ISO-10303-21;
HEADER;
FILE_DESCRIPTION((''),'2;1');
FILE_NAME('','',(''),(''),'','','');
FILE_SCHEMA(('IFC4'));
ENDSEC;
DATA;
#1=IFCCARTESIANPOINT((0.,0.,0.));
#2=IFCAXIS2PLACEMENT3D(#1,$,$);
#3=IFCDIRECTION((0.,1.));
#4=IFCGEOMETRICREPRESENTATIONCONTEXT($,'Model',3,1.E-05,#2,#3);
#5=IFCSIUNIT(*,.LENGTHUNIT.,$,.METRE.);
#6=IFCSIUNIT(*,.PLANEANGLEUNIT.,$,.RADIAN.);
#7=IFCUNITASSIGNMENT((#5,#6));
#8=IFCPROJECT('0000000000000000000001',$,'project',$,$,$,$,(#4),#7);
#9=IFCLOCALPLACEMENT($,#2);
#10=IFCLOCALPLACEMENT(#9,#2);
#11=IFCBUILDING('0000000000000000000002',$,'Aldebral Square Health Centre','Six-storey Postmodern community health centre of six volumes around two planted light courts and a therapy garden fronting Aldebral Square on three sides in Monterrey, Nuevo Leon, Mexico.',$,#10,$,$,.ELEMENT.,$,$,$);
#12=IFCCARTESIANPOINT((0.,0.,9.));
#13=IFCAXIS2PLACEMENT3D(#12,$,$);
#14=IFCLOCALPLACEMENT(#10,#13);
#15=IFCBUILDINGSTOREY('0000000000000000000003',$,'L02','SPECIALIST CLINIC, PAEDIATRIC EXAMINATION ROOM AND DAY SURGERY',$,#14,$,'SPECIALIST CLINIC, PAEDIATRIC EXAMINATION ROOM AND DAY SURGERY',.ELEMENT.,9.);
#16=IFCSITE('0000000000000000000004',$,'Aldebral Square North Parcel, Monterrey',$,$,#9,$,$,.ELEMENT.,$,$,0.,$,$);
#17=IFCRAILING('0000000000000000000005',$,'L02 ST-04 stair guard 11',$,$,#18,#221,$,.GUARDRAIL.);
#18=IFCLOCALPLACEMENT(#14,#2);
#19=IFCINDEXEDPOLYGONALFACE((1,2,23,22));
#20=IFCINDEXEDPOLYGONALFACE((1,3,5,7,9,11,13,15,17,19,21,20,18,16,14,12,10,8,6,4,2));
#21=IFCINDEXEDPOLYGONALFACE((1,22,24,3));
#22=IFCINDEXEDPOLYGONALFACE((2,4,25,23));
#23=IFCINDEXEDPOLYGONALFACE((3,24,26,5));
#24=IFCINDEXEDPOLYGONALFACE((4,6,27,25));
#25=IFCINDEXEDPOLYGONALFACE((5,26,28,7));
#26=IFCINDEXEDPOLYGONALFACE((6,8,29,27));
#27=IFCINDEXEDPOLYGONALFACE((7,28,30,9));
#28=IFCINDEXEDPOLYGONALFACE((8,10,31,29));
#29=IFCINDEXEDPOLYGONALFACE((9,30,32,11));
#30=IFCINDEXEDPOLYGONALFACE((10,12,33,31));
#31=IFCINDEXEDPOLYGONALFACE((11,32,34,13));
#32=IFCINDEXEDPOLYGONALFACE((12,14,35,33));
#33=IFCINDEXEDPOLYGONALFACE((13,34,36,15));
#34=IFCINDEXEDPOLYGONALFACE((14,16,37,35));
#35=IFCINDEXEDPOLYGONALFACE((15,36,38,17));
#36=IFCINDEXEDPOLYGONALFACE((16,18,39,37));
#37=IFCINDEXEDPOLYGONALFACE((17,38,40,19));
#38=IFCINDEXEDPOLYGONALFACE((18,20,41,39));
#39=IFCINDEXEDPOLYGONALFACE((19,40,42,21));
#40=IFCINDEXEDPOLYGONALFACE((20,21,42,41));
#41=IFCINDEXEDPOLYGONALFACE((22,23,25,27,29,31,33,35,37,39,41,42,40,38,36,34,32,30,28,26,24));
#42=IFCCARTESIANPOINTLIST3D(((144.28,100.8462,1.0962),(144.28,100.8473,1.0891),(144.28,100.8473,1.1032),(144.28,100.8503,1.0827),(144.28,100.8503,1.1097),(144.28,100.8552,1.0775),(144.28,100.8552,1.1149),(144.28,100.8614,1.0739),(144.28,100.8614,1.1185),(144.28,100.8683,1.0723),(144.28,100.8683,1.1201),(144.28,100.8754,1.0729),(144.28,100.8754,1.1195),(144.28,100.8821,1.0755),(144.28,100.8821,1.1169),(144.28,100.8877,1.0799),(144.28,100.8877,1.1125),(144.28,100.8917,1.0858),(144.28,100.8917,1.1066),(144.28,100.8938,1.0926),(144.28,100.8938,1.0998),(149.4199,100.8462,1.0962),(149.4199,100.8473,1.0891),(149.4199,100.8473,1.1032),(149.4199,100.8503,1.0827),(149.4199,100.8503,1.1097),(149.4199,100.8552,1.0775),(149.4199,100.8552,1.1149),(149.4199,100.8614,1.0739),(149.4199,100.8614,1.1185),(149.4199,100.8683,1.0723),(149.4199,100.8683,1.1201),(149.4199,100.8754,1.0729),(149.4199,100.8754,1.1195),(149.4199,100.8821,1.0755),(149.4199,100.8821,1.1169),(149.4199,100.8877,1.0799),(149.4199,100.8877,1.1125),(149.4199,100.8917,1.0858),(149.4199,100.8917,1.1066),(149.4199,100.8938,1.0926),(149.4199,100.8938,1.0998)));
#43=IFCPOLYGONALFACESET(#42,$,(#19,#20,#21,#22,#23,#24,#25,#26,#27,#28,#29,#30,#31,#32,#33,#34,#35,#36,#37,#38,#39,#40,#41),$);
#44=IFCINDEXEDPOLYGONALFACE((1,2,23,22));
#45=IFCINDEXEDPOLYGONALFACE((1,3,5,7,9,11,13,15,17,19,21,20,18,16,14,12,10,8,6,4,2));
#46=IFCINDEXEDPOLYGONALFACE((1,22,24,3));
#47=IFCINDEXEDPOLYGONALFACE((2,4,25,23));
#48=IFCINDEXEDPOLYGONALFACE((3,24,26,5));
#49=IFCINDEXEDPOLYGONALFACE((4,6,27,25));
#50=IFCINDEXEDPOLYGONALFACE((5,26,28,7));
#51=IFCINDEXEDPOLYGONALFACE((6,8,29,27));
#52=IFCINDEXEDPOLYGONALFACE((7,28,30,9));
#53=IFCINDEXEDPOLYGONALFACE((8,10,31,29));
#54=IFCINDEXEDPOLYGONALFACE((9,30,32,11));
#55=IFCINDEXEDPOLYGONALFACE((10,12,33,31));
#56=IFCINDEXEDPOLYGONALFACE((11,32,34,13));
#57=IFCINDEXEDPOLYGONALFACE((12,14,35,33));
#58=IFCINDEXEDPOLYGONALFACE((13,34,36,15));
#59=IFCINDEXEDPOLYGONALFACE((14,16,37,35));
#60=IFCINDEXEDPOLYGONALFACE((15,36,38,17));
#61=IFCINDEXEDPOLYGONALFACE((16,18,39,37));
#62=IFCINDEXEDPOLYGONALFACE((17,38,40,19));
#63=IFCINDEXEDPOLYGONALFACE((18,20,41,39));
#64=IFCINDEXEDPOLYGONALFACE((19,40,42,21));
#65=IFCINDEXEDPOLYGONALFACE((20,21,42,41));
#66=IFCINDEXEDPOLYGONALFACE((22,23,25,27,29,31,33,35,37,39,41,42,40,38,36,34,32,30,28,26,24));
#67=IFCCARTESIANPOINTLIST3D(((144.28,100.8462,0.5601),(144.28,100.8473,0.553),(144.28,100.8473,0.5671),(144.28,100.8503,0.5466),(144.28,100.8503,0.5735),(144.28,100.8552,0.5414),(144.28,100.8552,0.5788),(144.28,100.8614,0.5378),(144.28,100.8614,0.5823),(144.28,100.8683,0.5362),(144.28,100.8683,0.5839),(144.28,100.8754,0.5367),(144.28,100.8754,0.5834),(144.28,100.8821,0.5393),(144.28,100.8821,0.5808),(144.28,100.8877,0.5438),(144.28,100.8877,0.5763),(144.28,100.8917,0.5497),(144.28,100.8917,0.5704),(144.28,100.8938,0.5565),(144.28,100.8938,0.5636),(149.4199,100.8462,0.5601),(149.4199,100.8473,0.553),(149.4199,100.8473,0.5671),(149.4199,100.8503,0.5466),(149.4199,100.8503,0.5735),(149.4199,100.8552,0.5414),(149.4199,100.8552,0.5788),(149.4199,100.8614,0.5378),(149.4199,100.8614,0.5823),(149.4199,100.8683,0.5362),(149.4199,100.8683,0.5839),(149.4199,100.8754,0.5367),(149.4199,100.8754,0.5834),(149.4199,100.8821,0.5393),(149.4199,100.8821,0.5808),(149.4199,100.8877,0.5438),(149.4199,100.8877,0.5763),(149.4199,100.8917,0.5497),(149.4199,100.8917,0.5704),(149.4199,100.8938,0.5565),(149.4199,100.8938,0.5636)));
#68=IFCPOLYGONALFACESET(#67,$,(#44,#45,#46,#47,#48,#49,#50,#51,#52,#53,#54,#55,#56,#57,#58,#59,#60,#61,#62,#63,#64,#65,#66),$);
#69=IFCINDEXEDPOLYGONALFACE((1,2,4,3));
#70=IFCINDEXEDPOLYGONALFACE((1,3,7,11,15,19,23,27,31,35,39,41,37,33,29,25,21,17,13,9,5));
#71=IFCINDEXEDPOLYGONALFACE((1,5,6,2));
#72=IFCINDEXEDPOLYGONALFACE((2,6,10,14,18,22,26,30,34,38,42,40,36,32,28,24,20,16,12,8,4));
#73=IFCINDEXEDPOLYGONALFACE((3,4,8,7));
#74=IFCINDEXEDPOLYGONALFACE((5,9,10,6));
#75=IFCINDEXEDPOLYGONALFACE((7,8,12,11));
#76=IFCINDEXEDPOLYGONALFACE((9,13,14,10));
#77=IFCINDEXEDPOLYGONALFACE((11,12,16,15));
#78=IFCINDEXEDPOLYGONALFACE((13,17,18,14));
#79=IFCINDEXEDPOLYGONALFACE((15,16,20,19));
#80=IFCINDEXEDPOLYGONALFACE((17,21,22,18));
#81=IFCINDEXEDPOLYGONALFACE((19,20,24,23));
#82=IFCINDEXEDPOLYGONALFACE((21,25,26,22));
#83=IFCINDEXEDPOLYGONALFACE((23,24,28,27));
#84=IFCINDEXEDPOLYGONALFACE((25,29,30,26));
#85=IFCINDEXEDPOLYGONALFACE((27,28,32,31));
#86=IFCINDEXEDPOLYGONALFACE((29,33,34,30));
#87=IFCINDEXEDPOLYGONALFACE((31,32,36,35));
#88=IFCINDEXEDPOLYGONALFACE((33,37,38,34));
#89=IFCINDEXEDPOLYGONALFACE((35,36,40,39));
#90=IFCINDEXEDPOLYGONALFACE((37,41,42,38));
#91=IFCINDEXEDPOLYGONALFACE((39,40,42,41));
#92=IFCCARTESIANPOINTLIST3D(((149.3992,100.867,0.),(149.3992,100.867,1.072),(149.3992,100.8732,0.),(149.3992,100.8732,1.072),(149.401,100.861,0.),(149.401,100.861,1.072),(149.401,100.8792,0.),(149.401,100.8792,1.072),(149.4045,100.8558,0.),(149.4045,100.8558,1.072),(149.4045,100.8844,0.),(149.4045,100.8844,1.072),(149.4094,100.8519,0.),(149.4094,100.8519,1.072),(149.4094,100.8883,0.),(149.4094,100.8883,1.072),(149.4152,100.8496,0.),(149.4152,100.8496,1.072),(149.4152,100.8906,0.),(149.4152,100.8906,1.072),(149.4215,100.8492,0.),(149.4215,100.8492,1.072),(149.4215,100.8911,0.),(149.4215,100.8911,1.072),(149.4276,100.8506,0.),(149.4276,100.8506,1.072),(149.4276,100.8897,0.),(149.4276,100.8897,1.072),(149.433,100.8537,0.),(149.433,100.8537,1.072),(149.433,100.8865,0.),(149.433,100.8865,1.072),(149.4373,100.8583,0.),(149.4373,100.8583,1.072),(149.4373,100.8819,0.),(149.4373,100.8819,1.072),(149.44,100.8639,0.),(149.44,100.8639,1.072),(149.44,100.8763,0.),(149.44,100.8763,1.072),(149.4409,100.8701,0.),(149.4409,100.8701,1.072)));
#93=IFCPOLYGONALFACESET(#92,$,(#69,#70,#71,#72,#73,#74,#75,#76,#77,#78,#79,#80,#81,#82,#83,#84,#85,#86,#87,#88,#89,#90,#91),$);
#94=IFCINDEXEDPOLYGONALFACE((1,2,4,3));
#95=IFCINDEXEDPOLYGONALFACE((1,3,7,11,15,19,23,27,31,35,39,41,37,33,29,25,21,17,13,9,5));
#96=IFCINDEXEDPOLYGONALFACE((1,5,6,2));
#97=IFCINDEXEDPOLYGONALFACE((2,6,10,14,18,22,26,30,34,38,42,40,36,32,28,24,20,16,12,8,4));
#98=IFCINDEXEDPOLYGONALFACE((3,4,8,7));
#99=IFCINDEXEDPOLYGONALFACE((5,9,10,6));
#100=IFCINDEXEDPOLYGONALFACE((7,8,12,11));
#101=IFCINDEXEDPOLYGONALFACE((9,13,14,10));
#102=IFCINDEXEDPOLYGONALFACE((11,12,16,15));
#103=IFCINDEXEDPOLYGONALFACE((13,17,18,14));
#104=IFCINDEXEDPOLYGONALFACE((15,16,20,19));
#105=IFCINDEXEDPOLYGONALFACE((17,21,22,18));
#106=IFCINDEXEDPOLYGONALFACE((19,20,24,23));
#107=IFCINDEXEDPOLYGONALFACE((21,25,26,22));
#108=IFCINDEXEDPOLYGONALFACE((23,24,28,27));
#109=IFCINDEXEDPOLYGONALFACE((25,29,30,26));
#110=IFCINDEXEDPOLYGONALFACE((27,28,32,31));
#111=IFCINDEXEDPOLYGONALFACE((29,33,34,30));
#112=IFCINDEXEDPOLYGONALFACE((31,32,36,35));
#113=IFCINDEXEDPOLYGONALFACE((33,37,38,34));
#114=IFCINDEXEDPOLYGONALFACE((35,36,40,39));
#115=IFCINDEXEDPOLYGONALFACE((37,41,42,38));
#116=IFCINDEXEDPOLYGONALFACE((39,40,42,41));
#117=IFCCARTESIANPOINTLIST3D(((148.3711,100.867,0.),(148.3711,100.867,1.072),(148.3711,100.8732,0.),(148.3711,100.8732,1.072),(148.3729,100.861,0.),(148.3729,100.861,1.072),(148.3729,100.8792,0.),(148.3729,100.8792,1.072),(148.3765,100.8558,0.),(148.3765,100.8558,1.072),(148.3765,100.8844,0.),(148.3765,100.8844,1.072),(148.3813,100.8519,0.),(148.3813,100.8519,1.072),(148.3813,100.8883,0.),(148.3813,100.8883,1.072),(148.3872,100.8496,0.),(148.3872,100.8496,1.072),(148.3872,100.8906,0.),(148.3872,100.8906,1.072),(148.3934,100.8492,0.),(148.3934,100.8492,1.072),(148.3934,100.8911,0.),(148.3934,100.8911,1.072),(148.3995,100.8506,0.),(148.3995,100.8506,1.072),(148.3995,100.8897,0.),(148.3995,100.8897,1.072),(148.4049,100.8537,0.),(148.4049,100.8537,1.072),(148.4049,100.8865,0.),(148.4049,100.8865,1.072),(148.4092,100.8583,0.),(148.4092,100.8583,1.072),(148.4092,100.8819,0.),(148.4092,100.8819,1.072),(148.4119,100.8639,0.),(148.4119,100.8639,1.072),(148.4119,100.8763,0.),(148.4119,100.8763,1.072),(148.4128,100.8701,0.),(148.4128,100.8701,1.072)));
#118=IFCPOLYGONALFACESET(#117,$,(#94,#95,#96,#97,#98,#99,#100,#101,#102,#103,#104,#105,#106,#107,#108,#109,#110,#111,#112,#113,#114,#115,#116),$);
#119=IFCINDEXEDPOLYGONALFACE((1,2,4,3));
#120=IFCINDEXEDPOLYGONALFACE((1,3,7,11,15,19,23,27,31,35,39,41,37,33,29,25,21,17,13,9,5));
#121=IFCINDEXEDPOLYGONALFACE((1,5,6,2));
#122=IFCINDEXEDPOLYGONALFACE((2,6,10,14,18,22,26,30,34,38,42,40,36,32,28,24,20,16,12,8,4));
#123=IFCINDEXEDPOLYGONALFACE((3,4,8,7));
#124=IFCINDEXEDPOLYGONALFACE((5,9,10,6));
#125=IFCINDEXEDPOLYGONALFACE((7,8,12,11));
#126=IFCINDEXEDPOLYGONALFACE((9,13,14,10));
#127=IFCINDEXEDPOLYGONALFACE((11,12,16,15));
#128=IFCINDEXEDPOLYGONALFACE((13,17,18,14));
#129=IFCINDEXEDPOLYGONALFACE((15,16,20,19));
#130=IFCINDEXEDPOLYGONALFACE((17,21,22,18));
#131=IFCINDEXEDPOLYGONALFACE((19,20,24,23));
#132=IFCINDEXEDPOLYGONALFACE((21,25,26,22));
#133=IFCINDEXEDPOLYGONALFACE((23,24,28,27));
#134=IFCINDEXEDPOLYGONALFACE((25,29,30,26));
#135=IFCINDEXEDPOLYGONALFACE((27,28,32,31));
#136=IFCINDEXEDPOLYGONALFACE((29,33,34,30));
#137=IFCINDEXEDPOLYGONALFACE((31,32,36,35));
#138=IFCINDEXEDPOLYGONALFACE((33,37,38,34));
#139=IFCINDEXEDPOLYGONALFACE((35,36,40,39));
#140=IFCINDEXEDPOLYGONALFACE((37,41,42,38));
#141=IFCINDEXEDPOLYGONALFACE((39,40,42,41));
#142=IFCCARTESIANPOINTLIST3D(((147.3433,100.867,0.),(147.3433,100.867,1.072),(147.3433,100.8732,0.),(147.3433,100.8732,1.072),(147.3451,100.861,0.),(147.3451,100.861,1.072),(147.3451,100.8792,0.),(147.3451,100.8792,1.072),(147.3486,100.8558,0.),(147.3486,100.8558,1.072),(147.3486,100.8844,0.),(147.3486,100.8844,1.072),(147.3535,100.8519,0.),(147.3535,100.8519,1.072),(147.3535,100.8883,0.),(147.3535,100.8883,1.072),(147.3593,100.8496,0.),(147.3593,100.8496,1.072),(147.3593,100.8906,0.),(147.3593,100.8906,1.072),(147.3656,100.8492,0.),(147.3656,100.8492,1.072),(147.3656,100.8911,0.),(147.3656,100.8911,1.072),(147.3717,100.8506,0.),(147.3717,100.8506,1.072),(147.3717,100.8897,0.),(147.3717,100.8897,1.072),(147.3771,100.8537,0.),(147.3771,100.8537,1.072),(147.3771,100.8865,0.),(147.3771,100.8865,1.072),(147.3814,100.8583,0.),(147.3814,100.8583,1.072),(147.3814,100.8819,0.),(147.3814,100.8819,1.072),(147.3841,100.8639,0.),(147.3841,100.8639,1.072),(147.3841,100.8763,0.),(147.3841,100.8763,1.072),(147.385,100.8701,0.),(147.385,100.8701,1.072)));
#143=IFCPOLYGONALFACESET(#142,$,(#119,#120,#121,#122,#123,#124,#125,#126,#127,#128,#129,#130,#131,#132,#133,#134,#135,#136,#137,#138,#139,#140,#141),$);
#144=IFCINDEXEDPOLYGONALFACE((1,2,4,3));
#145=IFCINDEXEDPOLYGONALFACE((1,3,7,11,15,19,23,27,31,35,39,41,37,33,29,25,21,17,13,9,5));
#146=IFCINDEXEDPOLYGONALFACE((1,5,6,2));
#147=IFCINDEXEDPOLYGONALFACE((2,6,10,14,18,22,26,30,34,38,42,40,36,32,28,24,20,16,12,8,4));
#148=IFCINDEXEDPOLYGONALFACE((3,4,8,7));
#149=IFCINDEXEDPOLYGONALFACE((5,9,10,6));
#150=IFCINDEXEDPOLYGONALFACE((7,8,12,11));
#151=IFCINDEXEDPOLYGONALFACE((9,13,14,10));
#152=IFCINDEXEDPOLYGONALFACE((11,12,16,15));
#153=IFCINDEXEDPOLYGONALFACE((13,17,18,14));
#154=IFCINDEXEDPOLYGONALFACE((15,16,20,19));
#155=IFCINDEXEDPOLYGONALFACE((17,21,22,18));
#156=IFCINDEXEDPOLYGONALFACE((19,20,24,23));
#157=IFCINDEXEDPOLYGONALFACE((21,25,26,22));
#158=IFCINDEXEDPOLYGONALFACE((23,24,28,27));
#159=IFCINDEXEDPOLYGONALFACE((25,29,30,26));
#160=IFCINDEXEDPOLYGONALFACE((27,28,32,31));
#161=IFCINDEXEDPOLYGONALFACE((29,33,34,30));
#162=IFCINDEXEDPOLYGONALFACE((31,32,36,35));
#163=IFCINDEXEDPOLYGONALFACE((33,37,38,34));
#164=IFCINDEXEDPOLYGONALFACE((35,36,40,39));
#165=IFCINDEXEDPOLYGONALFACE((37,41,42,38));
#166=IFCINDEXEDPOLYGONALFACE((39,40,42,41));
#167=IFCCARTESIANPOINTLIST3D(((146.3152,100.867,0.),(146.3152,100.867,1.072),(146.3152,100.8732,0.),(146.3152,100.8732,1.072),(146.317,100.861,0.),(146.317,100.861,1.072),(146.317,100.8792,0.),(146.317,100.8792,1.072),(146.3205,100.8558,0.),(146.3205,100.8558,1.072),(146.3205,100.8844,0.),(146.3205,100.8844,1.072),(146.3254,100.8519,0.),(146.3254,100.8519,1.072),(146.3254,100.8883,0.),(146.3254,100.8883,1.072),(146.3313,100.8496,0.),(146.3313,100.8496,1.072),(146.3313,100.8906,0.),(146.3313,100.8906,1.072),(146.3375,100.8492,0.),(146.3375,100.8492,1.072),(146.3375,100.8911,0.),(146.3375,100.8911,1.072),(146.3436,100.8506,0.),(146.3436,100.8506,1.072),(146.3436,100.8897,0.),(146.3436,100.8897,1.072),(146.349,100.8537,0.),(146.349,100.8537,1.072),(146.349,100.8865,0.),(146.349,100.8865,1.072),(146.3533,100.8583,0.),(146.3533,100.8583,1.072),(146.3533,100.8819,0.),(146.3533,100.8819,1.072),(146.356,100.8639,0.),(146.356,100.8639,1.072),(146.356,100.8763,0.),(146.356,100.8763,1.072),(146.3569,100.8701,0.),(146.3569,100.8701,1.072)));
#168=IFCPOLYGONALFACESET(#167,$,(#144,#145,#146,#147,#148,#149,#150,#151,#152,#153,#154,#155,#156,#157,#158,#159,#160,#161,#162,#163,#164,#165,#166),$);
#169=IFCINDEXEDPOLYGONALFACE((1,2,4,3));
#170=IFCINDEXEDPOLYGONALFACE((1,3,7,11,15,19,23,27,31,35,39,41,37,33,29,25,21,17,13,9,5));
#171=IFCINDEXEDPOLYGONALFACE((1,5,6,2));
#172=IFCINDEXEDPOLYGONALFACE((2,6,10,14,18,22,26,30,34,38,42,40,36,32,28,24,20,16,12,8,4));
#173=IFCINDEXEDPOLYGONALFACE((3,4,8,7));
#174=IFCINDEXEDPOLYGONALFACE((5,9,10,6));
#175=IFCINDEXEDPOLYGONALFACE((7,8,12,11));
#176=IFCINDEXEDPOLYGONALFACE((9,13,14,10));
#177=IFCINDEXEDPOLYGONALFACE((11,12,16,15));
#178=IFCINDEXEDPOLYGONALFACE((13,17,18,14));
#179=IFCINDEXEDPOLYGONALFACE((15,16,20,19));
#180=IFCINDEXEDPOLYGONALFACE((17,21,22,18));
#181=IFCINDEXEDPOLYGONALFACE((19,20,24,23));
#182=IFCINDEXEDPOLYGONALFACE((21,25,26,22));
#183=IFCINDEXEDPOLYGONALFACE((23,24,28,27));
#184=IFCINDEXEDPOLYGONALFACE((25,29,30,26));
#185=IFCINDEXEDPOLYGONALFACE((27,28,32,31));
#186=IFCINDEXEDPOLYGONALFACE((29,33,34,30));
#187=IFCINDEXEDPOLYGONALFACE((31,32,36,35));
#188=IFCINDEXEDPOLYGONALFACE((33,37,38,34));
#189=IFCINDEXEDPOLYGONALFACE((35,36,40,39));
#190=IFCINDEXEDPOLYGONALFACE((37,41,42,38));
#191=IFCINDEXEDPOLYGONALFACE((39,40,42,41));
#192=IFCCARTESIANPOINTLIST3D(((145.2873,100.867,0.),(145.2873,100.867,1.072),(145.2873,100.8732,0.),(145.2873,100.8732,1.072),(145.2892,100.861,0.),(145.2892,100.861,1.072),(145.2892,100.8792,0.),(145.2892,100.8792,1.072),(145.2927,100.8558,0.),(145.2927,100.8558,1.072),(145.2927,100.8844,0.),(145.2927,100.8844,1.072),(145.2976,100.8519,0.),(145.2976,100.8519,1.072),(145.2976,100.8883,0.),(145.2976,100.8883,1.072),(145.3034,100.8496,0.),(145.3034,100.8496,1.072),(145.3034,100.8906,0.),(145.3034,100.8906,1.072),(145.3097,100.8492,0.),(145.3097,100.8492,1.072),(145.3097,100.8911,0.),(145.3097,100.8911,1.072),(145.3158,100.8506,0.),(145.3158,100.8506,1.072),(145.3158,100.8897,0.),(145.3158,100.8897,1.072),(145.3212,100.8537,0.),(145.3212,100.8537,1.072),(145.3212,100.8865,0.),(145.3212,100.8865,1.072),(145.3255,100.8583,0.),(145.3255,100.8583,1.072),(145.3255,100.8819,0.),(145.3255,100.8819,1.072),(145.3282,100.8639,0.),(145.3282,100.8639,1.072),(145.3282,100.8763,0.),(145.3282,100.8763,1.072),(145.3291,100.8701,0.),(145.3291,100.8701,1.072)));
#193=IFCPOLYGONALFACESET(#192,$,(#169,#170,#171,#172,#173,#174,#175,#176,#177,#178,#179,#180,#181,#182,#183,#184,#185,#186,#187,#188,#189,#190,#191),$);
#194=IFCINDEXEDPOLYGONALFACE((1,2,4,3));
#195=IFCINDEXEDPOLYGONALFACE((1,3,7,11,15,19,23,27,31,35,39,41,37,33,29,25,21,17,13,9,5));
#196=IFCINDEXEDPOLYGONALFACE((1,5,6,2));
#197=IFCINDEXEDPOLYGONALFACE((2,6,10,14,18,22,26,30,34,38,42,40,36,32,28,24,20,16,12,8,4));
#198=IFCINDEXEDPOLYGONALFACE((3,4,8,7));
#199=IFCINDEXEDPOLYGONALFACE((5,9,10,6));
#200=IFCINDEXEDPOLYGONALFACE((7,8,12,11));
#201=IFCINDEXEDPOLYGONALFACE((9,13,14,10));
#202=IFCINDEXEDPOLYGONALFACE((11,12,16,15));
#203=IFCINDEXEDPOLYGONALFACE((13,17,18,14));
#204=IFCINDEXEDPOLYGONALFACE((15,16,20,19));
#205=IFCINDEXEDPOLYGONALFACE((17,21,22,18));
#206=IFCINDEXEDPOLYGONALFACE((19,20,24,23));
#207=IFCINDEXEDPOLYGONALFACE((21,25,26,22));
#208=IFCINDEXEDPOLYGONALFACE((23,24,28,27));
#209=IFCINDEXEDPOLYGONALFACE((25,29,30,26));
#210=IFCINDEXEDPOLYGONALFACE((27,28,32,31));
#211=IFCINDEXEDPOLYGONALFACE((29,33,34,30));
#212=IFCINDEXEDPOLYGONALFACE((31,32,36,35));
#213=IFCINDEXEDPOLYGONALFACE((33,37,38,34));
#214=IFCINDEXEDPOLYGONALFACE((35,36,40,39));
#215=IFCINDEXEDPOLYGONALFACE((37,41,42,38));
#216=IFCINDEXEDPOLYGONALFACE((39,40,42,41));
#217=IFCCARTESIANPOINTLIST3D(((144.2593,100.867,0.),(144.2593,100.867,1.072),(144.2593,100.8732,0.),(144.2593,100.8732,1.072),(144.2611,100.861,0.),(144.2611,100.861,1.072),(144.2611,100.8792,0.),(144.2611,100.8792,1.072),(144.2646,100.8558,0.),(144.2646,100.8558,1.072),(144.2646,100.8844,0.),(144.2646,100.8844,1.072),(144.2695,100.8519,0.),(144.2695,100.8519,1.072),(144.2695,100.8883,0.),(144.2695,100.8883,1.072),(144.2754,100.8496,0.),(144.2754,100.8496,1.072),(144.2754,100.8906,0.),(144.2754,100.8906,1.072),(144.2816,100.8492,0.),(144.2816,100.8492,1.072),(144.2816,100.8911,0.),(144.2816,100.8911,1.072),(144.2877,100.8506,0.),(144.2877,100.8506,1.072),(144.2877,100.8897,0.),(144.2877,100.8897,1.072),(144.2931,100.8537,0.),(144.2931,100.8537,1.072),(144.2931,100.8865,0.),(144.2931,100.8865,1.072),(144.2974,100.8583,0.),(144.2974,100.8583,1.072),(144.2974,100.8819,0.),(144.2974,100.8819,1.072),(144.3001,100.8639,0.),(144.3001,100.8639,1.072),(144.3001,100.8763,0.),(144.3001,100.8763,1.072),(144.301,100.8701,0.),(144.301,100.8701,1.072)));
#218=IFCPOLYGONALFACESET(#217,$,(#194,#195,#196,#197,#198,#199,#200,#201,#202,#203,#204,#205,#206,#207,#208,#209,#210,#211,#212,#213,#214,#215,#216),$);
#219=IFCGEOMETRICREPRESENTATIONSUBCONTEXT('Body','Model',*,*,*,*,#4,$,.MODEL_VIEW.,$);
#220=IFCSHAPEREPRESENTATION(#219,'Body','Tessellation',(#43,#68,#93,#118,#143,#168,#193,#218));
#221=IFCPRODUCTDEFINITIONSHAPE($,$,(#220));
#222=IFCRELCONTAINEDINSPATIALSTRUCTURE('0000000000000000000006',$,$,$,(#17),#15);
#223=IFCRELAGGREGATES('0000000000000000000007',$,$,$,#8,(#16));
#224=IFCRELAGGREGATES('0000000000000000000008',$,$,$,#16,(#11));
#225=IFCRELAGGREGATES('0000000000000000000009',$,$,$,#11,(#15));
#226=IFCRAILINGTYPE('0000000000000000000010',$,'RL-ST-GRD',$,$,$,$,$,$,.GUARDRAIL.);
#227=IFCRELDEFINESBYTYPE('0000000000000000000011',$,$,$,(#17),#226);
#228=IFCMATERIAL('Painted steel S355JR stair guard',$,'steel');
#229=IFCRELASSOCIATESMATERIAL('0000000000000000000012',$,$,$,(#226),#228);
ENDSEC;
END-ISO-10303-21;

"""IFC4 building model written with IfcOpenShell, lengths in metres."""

from ifc_helpers import new_model, si_unit, direction, frame, origin, origin_2d, place, context, subcontext, project, spatial, circle, extrude, material, type_object, element, save


model = new_model("IFC4")

# Units and contexts
model_context = context("Model", 3, precision=1e-05, world=origin(), true_north=direction((0.0, 1.0)))
body_context = subcontext(model_context, "Body", "Model", "MODEL_VIEW")
ifc_project = project(units=[si_unit("LENGTHUNIT", "METRE"), si_unit("PLANEANGLEUNIT", "RADIAN")], contexts=[model_context])

# Site, building, storey
site_placement = place(None, origin())
site = spatial("IfcSite", under=ifc_project, at=site_placement, Name="Aldebral Square North Parcel, Monterrey", CompositionType="ELEMENT", RefElevation=0.0)
building_placement = place(site_placement, origin())
building = spatial("IfcBuilding", under=site, at=building_placement, Name="Aldebral Square Health Centre", Description="Six-storey Postmodern community health centre of six volumes around two planted light courts and a therapy garden fronting Aldebral Square on three sides in Monterrey, Nuevo Leon, Mexico.", CompositionType="ELEMENT")
storey_placement = place(building_placement, frame((0.0, 0.0, 9.0)))
storey = spatial("IfcBuildingStorey", under=building, at=storey_placement, Name="L02", Description="SPECIALIST CLINIC, PAEDIATRIC EXAMINATION ROOM AND DAY SURGERY", LongName="SPECIALIST CLINIC, PAEDIATRIC EXAMINATION ROOM AND DAY SURGERY", CompositionType="ELEMENT", Elevation=9.0)

# Railing
ifc_material_1 = material(Name="Painted steel S355JR stair guard", Category="steel")
railing_type_1 = type_object("IfcRailingType", Name="RL-ST-GRD", PredefinedType="GUARDRAIL", material=ifc_material_1)
railing_1_placement = place(storey_placement, frame((149.4199, 100.8701, 0.0)))
element("IfcRailing", 1, at=railing_1_placement, inside=storey, type_object=railing_type_1, Name="L02 ST-04 stair guard 11", PredefinedType="GUARDRAIL", context=body_context, shape_type="SweptSolid", body=[
    extrude(circle(Radius=0.0239, at=origin_2d()), frame((0.0, 0.0, 1.0962), z_axis=(-1.0, 0.0, 0.0), x_axis=(0.0, -1.0, 0.0)), (0.0, 0.0, 1.0), 5.1399),
    extrude(circle(Radius=0.0239, at=origin_2d()), frame((0.0, 0.0, 0.5601), z_axis=(-1.0, 0.0, 0.0), x_axis=(0.0, -1.0, 0.0)), (0.0, 0.0, 1.0), 5.1399),
    extrude(circle(Radius=0.021, at=origin_2d()), origin(), (0.0, 0.0, 1.0), 1.072),
    extrude(circle(Radius=0.021, at=origin_2d()), frame((-1.0281, 0.0, 0.0)), (0.0, 0.0, 1.0), 1.072),
    extrude(circle(Radius=0.021, at=origin_2d()), frame((-2.0559, 0.0, 0.0)), (0.0, 0.0, 1.0), 1.072),
    extrude(circle(Radius=0.021, at=origin_2d()), frame((-3.084, 0.0, 0.0)), (0.0, 0.0, 1.0), 1.072),
    extrude(circle(Radius=0.021, at=origin_2d()), frame((-4.1118, 0.0, 0.0)), (0.0, 0.0, 1.0), 1.072),
    extrude(circle(Radius=0.021, at=origin_2d()), frame((-5.1399, 0.0, 0.0)), (0.0, 0.0, 1.0), 1.072),
])

save(model, "model.ifc")
